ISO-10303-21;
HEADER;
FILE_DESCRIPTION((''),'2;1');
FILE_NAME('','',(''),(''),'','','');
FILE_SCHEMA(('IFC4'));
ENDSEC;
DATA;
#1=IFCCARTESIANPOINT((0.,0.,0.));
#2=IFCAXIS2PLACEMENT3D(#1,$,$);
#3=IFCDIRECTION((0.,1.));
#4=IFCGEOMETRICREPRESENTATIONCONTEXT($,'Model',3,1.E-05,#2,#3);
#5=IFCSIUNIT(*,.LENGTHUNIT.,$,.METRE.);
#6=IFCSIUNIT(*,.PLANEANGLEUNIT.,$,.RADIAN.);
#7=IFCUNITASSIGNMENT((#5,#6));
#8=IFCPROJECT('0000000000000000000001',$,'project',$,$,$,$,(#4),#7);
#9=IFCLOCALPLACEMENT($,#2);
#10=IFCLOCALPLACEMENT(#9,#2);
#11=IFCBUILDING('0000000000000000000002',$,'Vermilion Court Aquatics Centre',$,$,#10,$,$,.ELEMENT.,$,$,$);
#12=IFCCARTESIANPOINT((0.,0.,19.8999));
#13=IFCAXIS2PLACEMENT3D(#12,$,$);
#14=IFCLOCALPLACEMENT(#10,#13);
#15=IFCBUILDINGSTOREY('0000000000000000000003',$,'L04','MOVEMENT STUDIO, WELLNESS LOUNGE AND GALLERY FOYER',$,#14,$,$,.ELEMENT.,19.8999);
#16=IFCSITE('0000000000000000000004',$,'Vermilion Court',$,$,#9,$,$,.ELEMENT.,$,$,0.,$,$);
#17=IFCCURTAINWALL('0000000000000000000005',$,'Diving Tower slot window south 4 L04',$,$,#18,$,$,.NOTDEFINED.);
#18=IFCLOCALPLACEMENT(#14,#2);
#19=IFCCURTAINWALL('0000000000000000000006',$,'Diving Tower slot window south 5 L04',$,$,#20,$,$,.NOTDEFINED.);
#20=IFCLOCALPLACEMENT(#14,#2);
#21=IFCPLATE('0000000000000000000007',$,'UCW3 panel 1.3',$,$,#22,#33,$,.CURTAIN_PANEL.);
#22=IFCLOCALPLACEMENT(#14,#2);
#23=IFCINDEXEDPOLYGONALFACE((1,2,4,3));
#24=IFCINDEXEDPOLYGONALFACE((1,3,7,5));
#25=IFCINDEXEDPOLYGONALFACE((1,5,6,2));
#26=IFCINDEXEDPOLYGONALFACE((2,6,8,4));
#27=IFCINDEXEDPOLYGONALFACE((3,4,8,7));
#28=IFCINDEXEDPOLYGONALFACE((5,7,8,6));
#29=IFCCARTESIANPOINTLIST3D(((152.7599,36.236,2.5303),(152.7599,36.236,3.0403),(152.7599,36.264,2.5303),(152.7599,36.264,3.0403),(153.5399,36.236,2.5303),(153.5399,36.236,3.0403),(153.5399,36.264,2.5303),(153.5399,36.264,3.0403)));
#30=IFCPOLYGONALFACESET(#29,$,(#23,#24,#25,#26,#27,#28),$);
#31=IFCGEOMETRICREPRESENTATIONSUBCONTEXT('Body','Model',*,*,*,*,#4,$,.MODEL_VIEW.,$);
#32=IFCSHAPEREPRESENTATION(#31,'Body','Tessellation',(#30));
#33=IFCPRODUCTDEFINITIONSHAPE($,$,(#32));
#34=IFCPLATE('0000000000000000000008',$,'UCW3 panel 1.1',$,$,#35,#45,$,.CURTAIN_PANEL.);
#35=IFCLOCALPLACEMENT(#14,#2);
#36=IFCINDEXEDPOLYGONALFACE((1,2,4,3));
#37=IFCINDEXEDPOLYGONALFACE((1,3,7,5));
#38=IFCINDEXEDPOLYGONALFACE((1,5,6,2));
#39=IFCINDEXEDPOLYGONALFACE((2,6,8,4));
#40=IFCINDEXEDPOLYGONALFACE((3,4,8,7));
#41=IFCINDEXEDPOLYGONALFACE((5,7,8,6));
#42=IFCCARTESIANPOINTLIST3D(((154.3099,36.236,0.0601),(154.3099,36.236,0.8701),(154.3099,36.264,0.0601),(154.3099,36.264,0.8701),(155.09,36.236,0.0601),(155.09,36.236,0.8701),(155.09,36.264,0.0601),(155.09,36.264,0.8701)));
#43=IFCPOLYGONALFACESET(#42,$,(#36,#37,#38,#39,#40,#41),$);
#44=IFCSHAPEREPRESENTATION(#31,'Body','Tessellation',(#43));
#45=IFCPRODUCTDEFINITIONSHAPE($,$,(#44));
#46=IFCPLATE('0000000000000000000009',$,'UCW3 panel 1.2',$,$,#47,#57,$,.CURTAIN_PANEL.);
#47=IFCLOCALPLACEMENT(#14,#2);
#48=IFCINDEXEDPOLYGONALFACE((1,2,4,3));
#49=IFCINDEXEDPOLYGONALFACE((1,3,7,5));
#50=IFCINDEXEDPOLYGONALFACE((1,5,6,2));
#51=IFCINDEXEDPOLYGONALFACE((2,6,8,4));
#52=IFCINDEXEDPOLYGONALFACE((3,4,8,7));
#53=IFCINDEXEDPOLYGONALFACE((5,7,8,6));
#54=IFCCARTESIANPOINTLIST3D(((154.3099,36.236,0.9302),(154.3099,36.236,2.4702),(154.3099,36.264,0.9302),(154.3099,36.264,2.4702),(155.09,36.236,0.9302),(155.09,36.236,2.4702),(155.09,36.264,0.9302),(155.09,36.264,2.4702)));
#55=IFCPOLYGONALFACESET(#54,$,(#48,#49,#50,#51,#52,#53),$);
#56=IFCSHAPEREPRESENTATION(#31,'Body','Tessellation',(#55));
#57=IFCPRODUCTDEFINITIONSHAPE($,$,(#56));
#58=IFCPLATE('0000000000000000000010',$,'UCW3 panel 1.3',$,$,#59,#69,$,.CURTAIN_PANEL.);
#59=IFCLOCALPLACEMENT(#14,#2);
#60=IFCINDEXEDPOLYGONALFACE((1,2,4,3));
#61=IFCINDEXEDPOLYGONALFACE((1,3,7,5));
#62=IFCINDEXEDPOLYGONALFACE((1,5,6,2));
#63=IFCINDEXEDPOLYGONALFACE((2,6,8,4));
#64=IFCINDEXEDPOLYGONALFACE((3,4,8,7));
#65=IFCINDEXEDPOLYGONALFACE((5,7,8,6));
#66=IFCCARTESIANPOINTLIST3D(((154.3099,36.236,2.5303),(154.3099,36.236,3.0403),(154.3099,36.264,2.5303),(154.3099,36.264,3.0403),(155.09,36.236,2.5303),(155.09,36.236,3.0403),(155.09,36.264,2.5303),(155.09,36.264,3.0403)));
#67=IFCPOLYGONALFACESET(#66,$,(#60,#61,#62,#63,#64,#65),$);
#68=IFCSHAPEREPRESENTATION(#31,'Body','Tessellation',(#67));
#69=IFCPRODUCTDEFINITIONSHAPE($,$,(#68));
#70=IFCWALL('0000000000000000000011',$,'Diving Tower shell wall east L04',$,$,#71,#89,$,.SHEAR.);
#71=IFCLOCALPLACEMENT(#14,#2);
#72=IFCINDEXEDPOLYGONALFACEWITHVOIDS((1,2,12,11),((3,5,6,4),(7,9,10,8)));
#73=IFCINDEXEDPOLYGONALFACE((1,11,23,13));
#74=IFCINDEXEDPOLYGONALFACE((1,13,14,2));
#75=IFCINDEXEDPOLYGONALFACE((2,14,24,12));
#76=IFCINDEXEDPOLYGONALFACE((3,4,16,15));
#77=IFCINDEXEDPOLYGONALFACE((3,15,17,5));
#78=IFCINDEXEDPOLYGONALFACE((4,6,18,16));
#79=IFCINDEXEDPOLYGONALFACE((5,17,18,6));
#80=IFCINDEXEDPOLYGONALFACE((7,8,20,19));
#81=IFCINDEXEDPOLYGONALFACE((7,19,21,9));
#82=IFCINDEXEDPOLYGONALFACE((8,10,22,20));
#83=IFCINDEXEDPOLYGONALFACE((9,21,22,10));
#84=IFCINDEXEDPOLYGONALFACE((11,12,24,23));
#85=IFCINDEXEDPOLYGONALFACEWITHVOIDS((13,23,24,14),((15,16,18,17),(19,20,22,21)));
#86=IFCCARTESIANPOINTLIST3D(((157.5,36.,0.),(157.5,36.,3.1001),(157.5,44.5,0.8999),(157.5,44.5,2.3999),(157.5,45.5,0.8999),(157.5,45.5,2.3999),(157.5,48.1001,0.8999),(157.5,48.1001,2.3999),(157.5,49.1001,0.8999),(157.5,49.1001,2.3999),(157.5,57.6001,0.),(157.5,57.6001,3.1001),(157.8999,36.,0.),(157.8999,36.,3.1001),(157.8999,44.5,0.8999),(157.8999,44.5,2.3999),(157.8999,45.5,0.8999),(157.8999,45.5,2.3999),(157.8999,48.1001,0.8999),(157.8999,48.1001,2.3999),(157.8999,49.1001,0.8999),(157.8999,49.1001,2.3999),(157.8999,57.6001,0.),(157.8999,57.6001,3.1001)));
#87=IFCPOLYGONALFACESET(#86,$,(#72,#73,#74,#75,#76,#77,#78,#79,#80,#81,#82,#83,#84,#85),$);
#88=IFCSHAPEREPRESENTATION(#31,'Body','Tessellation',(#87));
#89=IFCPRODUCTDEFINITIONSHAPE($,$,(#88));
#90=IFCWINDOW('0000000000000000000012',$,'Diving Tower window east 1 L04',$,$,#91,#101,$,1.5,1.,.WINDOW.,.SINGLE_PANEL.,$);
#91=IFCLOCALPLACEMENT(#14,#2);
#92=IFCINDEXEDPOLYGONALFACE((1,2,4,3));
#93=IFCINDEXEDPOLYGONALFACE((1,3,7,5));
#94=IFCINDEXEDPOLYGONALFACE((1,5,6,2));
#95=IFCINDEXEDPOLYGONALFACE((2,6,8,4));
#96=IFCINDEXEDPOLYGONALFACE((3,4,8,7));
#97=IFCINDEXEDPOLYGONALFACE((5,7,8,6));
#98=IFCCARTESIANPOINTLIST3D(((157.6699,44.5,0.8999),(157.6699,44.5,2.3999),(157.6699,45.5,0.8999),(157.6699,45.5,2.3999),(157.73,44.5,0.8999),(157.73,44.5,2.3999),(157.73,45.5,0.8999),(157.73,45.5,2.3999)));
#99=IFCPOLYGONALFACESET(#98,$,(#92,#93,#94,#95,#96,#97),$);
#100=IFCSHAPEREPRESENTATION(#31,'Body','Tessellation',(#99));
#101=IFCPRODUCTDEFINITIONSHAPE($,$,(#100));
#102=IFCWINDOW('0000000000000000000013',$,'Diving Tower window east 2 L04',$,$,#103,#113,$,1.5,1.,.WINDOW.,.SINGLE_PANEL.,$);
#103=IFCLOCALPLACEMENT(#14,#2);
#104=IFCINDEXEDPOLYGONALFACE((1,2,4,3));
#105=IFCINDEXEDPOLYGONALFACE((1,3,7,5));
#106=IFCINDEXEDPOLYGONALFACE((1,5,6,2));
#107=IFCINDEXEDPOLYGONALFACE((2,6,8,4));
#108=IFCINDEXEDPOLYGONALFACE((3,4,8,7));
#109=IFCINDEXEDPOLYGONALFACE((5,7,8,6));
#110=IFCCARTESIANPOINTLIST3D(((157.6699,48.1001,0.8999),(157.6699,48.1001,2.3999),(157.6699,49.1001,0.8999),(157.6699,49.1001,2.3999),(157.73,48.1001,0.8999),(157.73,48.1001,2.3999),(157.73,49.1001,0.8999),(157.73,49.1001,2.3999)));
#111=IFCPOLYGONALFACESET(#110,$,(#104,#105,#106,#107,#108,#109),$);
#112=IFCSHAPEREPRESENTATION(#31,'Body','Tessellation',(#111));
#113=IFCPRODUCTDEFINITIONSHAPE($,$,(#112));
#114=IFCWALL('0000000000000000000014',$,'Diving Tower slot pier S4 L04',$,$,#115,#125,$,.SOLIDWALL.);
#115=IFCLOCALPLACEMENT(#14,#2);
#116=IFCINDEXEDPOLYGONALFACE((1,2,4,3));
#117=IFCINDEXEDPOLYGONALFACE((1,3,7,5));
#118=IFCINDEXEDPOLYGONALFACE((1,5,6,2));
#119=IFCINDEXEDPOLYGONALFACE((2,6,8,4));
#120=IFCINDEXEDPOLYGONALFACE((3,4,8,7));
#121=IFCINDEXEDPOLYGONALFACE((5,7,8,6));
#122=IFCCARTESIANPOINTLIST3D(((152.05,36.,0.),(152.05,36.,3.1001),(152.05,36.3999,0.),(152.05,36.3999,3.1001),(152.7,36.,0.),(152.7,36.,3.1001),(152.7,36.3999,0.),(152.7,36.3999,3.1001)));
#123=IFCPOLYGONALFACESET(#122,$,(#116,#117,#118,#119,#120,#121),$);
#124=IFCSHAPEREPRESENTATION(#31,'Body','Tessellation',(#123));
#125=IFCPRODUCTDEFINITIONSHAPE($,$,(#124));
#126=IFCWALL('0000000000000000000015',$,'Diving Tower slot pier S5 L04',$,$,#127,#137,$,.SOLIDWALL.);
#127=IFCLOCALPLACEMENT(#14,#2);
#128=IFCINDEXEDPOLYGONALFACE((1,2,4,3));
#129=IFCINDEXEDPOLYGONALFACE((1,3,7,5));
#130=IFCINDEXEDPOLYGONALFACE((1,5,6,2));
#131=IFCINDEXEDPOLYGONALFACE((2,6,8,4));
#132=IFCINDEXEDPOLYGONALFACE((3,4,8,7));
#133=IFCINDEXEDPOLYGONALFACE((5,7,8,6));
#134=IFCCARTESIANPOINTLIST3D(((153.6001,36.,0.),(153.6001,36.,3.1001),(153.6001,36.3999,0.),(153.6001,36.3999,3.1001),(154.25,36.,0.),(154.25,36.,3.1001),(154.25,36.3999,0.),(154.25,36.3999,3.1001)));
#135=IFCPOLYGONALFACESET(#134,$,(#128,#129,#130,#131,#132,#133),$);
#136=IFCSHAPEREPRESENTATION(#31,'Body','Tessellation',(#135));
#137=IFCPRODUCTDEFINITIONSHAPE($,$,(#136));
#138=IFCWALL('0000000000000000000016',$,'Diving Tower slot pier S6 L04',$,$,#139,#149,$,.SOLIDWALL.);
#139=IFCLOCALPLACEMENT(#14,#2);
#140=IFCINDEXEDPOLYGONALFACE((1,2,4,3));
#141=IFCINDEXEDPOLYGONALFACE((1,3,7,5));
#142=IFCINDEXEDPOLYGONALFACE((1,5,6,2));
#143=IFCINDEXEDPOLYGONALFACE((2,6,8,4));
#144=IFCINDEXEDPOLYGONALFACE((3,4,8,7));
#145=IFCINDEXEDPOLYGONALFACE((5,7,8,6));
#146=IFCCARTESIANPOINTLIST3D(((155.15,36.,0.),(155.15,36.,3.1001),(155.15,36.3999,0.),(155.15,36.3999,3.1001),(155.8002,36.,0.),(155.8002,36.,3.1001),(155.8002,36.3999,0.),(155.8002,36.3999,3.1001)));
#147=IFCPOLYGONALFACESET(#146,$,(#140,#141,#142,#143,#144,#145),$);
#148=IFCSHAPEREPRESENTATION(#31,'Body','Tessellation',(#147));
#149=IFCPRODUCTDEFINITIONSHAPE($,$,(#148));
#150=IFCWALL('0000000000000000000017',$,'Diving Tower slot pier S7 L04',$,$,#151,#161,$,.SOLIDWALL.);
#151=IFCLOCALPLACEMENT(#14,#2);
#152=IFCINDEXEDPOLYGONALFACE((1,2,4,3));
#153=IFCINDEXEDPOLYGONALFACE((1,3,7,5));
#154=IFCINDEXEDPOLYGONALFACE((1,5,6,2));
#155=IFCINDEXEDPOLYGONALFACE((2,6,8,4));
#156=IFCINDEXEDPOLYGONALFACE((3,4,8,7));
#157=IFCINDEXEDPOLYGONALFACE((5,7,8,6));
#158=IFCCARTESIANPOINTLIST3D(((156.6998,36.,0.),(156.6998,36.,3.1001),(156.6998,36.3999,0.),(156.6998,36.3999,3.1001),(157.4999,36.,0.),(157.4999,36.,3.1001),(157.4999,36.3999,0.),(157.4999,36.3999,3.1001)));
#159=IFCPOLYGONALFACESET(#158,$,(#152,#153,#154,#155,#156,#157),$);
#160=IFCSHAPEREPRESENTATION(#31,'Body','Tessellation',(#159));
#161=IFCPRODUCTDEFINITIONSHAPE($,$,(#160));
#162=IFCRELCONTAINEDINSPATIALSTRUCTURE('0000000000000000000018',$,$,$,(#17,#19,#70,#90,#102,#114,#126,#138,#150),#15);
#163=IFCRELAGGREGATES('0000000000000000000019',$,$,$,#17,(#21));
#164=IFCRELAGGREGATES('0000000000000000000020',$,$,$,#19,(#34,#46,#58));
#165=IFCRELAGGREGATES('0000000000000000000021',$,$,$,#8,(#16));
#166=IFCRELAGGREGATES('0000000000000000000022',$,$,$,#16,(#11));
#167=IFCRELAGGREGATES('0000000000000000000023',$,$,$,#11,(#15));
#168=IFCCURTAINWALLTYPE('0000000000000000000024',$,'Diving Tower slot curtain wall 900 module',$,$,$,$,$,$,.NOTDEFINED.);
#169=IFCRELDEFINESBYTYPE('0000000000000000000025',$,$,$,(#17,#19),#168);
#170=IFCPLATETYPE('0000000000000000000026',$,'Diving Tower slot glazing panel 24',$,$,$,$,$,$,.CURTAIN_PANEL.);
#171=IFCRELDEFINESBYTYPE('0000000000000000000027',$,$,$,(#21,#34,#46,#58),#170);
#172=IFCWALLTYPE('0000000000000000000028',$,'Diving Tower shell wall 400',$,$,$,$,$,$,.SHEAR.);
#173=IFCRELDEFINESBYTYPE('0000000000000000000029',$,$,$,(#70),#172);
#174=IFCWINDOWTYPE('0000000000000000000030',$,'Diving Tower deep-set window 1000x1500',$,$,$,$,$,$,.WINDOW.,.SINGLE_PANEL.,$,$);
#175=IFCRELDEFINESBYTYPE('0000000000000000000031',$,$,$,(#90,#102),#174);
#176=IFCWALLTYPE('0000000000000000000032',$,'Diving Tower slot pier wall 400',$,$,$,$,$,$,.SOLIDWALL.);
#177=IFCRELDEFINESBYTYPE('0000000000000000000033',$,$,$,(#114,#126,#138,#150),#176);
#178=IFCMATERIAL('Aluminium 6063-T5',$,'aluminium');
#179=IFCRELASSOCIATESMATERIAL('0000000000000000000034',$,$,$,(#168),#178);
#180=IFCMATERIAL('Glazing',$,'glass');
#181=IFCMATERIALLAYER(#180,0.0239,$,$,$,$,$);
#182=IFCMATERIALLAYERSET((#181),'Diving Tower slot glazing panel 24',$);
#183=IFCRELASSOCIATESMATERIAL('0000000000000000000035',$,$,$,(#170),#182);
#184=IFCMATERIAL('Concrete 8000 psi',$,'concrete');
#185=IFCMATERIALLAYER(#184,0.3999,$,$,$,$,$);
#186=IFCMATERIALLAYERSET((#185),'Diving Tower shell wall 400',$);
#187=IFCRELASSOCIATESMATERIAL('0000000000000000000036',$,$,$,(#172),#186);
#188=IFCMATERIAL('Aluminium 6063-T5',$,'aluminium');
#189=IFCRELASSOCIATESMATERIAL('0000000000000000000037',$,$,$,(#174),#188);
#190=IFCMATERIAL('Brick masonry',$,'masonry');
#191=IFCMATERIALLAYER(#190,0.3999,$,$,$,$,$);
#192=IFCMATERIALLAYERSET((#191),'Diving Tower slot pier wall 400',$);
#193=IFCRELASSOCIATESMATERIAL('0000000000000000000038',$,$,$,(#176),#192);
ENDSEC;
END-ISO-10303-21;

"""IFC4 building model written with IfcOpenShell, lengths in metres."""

from ifc_helpers import new_model, si_unit, direction, frame, frame_2d, origin, origin_2d, place, context, subcontext, project, spatial, rectangle, extrude, material, layer, layer_set, type_object, element, fill, aggregate, save


model = new_model("IFC4")

# Units and contexts
model_context = context("Model", 3, precision=1e-05, world=origin(), true_north=direction((0.0, 1.0)))
body_context = subcontext(model_context, "Body", "Model", "MODEL_VIEW")
ifc_project = project(units=[si_unit("LENGTHUNIT", "METRE"), si_unit("PLANEANGLEUNIT", "RADIAN")], contexts=[model_context])

# Site, building, storey
site_placement = place(None, origin())
site = spatial("IfcSite", under=ifc_project, at=site_placement, Name="Vermilion Court", CompositionType="ELEMENT", RefElevation=0.0)
building_placement = place(site_placement, origin())
building = spatial("IfcBuilding", under=site, at=building_placement, Name="Vermilion Court Aquatics Centre", CompositionType="ELEMENT")
storey_placement = place(building_placement, frame((0.0, 0.0, 19.8999)))
storey = spatial("IfcBuildingStorey", under=building, at=storey_placement, Name="L04", Description="MOVEMENT STUDIO, WELLNESS LOUNGE AND GALLERY FOYER", CompositionType="ELEMENT", Elevation=19.8999)

# Shared definitions
ifc_material_1 = material(Name="Aluminium 6063-T5", Category="aluminium")
curtain_wall_type = type_object("IfcCurtainWallType", Name="Diving Tower slot curtain wall 900 module", PredefinedType="NOTDEFINED", material=ifc_material_1)

# Curtain wall
curtain_wall_1_placement = place(storey_placement, origin())
curtain_wall_1 = element("IfcCurtainWall", 1, at=curtain_wall_1_placement, inside=storey, type_object=curtain_wall_type, Name="Diving Tower slot window south 4 L04", PredefinedType="NOTDEFINED")

# Curtain wall
curtain_wall_2_placement = place(storey_placement, origin())
curtain_wall_2 = element("IfcCurtainWall", 2, at=curtain_wall_2_placement, inside=storey, type_object=curtain_wall_type, Name="Diving Tower slot window south 5 L04", PredefinedType="NOTDEFINED")

# Plates
ifc_material_2 = material(Name="Glazing", Category="glass")
ifc_layer_1 = layer(ifc_material_2, 0.0239)
ifc_layer_set_1 = layer_set([ifc_layer_1], Name="Diving Tower slot glazing panel 24")
plate_type = type_object("IfcPlateType", Name="Diving Tower slot glazing panel 24", PredefinedType="CURTAIN_PANEL", material=ifc_layer_set_1)
plate_1_placement = place(storey_placement, frame((153.1499, 36.25, 2.5303), z_axis=(0.0, 0.0, 1.0), x_axis=(1.0, 0.0, 0.0)))
plate_1 = element("IfcPlate", 3, at=plate_1_placement, type_object=plate_type, Name="UCW3 panel 1.3", PredefinedType="CURTAIN_PANEL", context=body_context, shape_type="SweptSolid", body=[
    extrude(rectangle(XDim=0.78, YDim=0.0281, at=origin_2d()), origin(), (0.0, 0.0, 1.0), 0.51),
])
aggregate(curtain_wall_1, [plate_1])
plate_2_placement = place(storey_placement, frame((154.7, 36.25, 0.0601), z_axis=(0.0, 0.0, 1.0), x_axis=(1.0, 0.0, 0.0)))
plate_2 = element("IfcPlate", 4, at=plate_2_placement, type_object=plate_type, Name="UCW3 panel 1.1", PredefinedType="CURTAIN_PANEL", context=body_context, shape_type="SweptSolid", body=[
    extrude(rectangle(XDim=0.78, YDim=0.0281, at=origin_2d()), origin(), (0.0, 0.0, 1.0), 0.8101),
])
plate_3_placement = place(storey_placement, frame((154.7, 36.25, 0.9302), z_axis=(0.0, 0.0, 1.0), x_axis=(1.0, 0.0, 0.0)))
plate_3 = element("IfcPlate", 5, at=plate_3_placement, type_object=plate_type, Name="UCW3 panel 1.2", PredefinedType="CURTAIN_PANEL", context=body_context, shape_type="SweptSolid", body=[
    extrude(rectangle(XDim=0.78, YDim=0.0281, at=origin_2d()), origin(), (0.0, 0.0, 1.0), 1.54),
])
plate_4_placement = place(storey_placement, frame((154.7, 36.25, 2.5303), z_axis=(0.0, 0.0, 1.0), x_axis=(1.0, 0.0, 0.0)))
plate_4 = element("IfcPlate", 6, at=plate_4_placement, type_object=plate_type, Name="UCW3 panel 1.3", PredefinedType="CURTAIN_PANEL", context=body_context, shape_type="SweptSolid", body=[
    extrude(rectangle(XDim=0.78, YDim=0.0281, at=origin_2d()), origin(), (0.0, 0.0, 1.0), 0.51),
])
aggregate(curtain_wall_2, [plate_2, plate_3, plate_4])

# Wall, openings, windows
ifc_material_3 = material(Name="Concrete 8000 psi", Category="concrete")
ifc_layer_2 = layer(ifc_material_3, 0.3999)
ifc_layer_set_2 = layer_set([ifc_layer_2], Name="Diving Tower shell wall 400")
wall_type_1 = type_object("IfcWallType", Name="Diving Tower shell wall 400", PredefinedType="SHEAR", material=ifc_layer_set_2)
wall_1_placement = place(storey_placement, frame((157.7, 36.0, 0.0), z_axis=(0.0, 0.0, 1.0), x_axis=(0.0, 1.0, 0.0)))
wall_1 = element("IfcWall", 7, at=wall_1_placement, inside=storey, type_object=wall_type_1, Name="Diving Tower shell wall east L04", PredefinedType="SHEAR", context=body_context, shape_type="SweptSolid", body=[
    extrude(rectangle(XDim=21.6001, YDim=0.3999, at=frame_2d((10.8, 0.0))), origin(), (0.0, 0.0, 1.0), 3.1001),
])
opening_1_placement = place(wall_1_placement, frame((8.5, 0.0, 0.8999)))
opening_1 = element("IfcOpeningElement", 8, at=opening_1_placement, cuts=wall_1, PredefinedType="OPENING", context=body_context, shape_type="SweptSolid", body=[
    extrude(rectangle(XDim=1.0, YDim=1.5, at=frame_2d((0.5, 0.75))), frame((0.0, 0.21, 0.0), z_axis=(0.0, -1.0, 0.0), x_axis=(1.0, 0.0, 0.0)), (0.0, 0.0, 1.0), 0.4199),
])
opening_2_placement = place(wall_1_placement, frame((12.1001, 0.0, 0.8999)))
opening_2 = element("IfcOpeningElement", 9, at=opening_2_placement, cuts=wall_1, PredefinedType="OPENING", context=body_context, shape_type="SweptSolid", body=[
    extrude(rectangle(XDim=1.0, YDim=1.5, at=frame_2d((0.5, 0.75))), frame((0.0, 0.21, 0.0), z_axis=(0.0, -1.0, 0.0), x_axis=(1.0, 0.0, 0.0)), (0.0, 0.0, 1.0), 0.4199),
])
ifc_material_4 = material(Name="Aluminium 6063-T5", Category="aluminium")
window_type = type_object("IfcWindowType", Name="Diving Tower deep-set window 1000x1500", PartitioningType="SINGLE_PANEL", PredefinedType="WINDOW", material=ifc_material_4)
window_1_placement = place(opening_1_placement, origin())
window_1 = element("IfcWindow", 10, at=window_1_placement, inside=storey, type_object=window_type, Name="Diving Tower window east 1 L04", OverallHeight=1.5, OverallWidth=1.0, PartitioningType="SINGLE_PANEL", PredefinedType="WINDOW", context=body_context, shape_type="SweptSolid", body=[
    extrude(rectangle(XDim=1.0, YDim=1.5, at=frame_2d((0.5, 0.75))), frame((0.0, 0.03, 0.0), z_axis=(0.0, -1.0, 0.0), x_axis=(1.0, 0.0, 0.0)), (0.0, 0.0, 1.0), 0.0601),
])
fill(opening_1, window_1)
window_2_placement = place(opening_2_placement, origin())
window_2 = element("IfcWindow", 11, at=window_2_placement, inside=storey, type_object=window_type, Name="Diving Tower window east 2 L04", OverallHeight=1.5, OverallWidth=1.0, PartitioningType="SINGLE_PANEL", PredefinedType="WINDOW", context=body_context, shape_type="SweptSolid", body=[
    extrude(rectangle(XDim=1.0, YDim=1.5, at=frame_2d((0.5, 0.75))), frame((0.0, 0.03, 0.0), z_axis=(0.0, -1.0, 0.0), x_axis=(1.0, 0.0, 0.0)), (0.0, 0.0, 1.0), 0.0601),
])
fill(opening_2, window_2)

# Walls
ifc_material_5 = material(Name="Brick masonry", Category="masonry")
ifc_layer_3 = layer(ifc_material_5, 0.3999)
ifc_layer_set_3 = layer_set([ifc_layer_3], Name="Diving Tower slot pier wall 400")
wall_type_2 = type_object("IfcWallType", Name="Diving Tower slot pier wall 400", PredefinedType="SOLIDWALL", material=ifc_layer_set_3)
for number, where, z_axis, x_axis, name in (
    (12, (152.05, 36.2, 0.0), (0.0, 0.0, 1.0), (1.0, 0.0, 0.0), "Diving Tower slot pier S4 L04"),
    (13, (153.6001, 36.2, 0.0), (0.0, 0.0, 1.0), (1.0, 0.0, 0.0), "Diving Tower slot pier S5 L04"),
):
    element("IfcWall", number, at=place(storey_placement, frame(where, z_axis=z_axis, x_axis=x_axis)), inside=storey, type_object=wall_type_2, Name=name, PredefinedType="SOLIDWALL", context=body_context, shape_type="SweptSolid", body=[
        extrude(rectangle(XDim=0.6499, YDim=0.3999, at=frame_2d((0.325, 0.0))), origin(), (0.0, 0.0, 1.0), 3.1001),
    ])
wall_2_placement = place(storey_placement, frame((155.1499, 36.2, 0.0), z_axis=(0.0, 0.0, 1.0), x_axis=(1.0, 0.0, 0.0)))
element("IfcWall", 14, at=wall_2_placement, inside=storey, type_object=wall_type_2, Name="Diving Tower slot pier S6 L04", PredefinedType="SOLIDWALL", context=body_context, shape_type="SweptSolid", body=[
    extrude(rectangle(XDim=0.6501, YDim=0.3999, at=frame_2d((0.3252, 0.0))), origin(), (0.0, 0.0, 1.0), 3.1001),
])
wall_3_placement = place(storey_placement, frame((156.7, 36.2, 0.0), z_axis=(0.0, 0.0, 1.0), x_axis=(1.0, 0.0, 0.0)))
element("IfcWall", 15, at=wall_3_placement, inside=storey, type_object=wall_type_2, Name="Diving Tower slot pier S7 L04", PredefinedType="SOLIDWALL", context=body_context, shape_type="SweptSolid", body=[
    extrude(rectangle(XDim=0.8, YDim=0.3999, at=frame_2d((0.3999, 0.0))), origin(), (0.0, 0.0, 1.0), 3.1001),
])

save(model, "model.ifc")
